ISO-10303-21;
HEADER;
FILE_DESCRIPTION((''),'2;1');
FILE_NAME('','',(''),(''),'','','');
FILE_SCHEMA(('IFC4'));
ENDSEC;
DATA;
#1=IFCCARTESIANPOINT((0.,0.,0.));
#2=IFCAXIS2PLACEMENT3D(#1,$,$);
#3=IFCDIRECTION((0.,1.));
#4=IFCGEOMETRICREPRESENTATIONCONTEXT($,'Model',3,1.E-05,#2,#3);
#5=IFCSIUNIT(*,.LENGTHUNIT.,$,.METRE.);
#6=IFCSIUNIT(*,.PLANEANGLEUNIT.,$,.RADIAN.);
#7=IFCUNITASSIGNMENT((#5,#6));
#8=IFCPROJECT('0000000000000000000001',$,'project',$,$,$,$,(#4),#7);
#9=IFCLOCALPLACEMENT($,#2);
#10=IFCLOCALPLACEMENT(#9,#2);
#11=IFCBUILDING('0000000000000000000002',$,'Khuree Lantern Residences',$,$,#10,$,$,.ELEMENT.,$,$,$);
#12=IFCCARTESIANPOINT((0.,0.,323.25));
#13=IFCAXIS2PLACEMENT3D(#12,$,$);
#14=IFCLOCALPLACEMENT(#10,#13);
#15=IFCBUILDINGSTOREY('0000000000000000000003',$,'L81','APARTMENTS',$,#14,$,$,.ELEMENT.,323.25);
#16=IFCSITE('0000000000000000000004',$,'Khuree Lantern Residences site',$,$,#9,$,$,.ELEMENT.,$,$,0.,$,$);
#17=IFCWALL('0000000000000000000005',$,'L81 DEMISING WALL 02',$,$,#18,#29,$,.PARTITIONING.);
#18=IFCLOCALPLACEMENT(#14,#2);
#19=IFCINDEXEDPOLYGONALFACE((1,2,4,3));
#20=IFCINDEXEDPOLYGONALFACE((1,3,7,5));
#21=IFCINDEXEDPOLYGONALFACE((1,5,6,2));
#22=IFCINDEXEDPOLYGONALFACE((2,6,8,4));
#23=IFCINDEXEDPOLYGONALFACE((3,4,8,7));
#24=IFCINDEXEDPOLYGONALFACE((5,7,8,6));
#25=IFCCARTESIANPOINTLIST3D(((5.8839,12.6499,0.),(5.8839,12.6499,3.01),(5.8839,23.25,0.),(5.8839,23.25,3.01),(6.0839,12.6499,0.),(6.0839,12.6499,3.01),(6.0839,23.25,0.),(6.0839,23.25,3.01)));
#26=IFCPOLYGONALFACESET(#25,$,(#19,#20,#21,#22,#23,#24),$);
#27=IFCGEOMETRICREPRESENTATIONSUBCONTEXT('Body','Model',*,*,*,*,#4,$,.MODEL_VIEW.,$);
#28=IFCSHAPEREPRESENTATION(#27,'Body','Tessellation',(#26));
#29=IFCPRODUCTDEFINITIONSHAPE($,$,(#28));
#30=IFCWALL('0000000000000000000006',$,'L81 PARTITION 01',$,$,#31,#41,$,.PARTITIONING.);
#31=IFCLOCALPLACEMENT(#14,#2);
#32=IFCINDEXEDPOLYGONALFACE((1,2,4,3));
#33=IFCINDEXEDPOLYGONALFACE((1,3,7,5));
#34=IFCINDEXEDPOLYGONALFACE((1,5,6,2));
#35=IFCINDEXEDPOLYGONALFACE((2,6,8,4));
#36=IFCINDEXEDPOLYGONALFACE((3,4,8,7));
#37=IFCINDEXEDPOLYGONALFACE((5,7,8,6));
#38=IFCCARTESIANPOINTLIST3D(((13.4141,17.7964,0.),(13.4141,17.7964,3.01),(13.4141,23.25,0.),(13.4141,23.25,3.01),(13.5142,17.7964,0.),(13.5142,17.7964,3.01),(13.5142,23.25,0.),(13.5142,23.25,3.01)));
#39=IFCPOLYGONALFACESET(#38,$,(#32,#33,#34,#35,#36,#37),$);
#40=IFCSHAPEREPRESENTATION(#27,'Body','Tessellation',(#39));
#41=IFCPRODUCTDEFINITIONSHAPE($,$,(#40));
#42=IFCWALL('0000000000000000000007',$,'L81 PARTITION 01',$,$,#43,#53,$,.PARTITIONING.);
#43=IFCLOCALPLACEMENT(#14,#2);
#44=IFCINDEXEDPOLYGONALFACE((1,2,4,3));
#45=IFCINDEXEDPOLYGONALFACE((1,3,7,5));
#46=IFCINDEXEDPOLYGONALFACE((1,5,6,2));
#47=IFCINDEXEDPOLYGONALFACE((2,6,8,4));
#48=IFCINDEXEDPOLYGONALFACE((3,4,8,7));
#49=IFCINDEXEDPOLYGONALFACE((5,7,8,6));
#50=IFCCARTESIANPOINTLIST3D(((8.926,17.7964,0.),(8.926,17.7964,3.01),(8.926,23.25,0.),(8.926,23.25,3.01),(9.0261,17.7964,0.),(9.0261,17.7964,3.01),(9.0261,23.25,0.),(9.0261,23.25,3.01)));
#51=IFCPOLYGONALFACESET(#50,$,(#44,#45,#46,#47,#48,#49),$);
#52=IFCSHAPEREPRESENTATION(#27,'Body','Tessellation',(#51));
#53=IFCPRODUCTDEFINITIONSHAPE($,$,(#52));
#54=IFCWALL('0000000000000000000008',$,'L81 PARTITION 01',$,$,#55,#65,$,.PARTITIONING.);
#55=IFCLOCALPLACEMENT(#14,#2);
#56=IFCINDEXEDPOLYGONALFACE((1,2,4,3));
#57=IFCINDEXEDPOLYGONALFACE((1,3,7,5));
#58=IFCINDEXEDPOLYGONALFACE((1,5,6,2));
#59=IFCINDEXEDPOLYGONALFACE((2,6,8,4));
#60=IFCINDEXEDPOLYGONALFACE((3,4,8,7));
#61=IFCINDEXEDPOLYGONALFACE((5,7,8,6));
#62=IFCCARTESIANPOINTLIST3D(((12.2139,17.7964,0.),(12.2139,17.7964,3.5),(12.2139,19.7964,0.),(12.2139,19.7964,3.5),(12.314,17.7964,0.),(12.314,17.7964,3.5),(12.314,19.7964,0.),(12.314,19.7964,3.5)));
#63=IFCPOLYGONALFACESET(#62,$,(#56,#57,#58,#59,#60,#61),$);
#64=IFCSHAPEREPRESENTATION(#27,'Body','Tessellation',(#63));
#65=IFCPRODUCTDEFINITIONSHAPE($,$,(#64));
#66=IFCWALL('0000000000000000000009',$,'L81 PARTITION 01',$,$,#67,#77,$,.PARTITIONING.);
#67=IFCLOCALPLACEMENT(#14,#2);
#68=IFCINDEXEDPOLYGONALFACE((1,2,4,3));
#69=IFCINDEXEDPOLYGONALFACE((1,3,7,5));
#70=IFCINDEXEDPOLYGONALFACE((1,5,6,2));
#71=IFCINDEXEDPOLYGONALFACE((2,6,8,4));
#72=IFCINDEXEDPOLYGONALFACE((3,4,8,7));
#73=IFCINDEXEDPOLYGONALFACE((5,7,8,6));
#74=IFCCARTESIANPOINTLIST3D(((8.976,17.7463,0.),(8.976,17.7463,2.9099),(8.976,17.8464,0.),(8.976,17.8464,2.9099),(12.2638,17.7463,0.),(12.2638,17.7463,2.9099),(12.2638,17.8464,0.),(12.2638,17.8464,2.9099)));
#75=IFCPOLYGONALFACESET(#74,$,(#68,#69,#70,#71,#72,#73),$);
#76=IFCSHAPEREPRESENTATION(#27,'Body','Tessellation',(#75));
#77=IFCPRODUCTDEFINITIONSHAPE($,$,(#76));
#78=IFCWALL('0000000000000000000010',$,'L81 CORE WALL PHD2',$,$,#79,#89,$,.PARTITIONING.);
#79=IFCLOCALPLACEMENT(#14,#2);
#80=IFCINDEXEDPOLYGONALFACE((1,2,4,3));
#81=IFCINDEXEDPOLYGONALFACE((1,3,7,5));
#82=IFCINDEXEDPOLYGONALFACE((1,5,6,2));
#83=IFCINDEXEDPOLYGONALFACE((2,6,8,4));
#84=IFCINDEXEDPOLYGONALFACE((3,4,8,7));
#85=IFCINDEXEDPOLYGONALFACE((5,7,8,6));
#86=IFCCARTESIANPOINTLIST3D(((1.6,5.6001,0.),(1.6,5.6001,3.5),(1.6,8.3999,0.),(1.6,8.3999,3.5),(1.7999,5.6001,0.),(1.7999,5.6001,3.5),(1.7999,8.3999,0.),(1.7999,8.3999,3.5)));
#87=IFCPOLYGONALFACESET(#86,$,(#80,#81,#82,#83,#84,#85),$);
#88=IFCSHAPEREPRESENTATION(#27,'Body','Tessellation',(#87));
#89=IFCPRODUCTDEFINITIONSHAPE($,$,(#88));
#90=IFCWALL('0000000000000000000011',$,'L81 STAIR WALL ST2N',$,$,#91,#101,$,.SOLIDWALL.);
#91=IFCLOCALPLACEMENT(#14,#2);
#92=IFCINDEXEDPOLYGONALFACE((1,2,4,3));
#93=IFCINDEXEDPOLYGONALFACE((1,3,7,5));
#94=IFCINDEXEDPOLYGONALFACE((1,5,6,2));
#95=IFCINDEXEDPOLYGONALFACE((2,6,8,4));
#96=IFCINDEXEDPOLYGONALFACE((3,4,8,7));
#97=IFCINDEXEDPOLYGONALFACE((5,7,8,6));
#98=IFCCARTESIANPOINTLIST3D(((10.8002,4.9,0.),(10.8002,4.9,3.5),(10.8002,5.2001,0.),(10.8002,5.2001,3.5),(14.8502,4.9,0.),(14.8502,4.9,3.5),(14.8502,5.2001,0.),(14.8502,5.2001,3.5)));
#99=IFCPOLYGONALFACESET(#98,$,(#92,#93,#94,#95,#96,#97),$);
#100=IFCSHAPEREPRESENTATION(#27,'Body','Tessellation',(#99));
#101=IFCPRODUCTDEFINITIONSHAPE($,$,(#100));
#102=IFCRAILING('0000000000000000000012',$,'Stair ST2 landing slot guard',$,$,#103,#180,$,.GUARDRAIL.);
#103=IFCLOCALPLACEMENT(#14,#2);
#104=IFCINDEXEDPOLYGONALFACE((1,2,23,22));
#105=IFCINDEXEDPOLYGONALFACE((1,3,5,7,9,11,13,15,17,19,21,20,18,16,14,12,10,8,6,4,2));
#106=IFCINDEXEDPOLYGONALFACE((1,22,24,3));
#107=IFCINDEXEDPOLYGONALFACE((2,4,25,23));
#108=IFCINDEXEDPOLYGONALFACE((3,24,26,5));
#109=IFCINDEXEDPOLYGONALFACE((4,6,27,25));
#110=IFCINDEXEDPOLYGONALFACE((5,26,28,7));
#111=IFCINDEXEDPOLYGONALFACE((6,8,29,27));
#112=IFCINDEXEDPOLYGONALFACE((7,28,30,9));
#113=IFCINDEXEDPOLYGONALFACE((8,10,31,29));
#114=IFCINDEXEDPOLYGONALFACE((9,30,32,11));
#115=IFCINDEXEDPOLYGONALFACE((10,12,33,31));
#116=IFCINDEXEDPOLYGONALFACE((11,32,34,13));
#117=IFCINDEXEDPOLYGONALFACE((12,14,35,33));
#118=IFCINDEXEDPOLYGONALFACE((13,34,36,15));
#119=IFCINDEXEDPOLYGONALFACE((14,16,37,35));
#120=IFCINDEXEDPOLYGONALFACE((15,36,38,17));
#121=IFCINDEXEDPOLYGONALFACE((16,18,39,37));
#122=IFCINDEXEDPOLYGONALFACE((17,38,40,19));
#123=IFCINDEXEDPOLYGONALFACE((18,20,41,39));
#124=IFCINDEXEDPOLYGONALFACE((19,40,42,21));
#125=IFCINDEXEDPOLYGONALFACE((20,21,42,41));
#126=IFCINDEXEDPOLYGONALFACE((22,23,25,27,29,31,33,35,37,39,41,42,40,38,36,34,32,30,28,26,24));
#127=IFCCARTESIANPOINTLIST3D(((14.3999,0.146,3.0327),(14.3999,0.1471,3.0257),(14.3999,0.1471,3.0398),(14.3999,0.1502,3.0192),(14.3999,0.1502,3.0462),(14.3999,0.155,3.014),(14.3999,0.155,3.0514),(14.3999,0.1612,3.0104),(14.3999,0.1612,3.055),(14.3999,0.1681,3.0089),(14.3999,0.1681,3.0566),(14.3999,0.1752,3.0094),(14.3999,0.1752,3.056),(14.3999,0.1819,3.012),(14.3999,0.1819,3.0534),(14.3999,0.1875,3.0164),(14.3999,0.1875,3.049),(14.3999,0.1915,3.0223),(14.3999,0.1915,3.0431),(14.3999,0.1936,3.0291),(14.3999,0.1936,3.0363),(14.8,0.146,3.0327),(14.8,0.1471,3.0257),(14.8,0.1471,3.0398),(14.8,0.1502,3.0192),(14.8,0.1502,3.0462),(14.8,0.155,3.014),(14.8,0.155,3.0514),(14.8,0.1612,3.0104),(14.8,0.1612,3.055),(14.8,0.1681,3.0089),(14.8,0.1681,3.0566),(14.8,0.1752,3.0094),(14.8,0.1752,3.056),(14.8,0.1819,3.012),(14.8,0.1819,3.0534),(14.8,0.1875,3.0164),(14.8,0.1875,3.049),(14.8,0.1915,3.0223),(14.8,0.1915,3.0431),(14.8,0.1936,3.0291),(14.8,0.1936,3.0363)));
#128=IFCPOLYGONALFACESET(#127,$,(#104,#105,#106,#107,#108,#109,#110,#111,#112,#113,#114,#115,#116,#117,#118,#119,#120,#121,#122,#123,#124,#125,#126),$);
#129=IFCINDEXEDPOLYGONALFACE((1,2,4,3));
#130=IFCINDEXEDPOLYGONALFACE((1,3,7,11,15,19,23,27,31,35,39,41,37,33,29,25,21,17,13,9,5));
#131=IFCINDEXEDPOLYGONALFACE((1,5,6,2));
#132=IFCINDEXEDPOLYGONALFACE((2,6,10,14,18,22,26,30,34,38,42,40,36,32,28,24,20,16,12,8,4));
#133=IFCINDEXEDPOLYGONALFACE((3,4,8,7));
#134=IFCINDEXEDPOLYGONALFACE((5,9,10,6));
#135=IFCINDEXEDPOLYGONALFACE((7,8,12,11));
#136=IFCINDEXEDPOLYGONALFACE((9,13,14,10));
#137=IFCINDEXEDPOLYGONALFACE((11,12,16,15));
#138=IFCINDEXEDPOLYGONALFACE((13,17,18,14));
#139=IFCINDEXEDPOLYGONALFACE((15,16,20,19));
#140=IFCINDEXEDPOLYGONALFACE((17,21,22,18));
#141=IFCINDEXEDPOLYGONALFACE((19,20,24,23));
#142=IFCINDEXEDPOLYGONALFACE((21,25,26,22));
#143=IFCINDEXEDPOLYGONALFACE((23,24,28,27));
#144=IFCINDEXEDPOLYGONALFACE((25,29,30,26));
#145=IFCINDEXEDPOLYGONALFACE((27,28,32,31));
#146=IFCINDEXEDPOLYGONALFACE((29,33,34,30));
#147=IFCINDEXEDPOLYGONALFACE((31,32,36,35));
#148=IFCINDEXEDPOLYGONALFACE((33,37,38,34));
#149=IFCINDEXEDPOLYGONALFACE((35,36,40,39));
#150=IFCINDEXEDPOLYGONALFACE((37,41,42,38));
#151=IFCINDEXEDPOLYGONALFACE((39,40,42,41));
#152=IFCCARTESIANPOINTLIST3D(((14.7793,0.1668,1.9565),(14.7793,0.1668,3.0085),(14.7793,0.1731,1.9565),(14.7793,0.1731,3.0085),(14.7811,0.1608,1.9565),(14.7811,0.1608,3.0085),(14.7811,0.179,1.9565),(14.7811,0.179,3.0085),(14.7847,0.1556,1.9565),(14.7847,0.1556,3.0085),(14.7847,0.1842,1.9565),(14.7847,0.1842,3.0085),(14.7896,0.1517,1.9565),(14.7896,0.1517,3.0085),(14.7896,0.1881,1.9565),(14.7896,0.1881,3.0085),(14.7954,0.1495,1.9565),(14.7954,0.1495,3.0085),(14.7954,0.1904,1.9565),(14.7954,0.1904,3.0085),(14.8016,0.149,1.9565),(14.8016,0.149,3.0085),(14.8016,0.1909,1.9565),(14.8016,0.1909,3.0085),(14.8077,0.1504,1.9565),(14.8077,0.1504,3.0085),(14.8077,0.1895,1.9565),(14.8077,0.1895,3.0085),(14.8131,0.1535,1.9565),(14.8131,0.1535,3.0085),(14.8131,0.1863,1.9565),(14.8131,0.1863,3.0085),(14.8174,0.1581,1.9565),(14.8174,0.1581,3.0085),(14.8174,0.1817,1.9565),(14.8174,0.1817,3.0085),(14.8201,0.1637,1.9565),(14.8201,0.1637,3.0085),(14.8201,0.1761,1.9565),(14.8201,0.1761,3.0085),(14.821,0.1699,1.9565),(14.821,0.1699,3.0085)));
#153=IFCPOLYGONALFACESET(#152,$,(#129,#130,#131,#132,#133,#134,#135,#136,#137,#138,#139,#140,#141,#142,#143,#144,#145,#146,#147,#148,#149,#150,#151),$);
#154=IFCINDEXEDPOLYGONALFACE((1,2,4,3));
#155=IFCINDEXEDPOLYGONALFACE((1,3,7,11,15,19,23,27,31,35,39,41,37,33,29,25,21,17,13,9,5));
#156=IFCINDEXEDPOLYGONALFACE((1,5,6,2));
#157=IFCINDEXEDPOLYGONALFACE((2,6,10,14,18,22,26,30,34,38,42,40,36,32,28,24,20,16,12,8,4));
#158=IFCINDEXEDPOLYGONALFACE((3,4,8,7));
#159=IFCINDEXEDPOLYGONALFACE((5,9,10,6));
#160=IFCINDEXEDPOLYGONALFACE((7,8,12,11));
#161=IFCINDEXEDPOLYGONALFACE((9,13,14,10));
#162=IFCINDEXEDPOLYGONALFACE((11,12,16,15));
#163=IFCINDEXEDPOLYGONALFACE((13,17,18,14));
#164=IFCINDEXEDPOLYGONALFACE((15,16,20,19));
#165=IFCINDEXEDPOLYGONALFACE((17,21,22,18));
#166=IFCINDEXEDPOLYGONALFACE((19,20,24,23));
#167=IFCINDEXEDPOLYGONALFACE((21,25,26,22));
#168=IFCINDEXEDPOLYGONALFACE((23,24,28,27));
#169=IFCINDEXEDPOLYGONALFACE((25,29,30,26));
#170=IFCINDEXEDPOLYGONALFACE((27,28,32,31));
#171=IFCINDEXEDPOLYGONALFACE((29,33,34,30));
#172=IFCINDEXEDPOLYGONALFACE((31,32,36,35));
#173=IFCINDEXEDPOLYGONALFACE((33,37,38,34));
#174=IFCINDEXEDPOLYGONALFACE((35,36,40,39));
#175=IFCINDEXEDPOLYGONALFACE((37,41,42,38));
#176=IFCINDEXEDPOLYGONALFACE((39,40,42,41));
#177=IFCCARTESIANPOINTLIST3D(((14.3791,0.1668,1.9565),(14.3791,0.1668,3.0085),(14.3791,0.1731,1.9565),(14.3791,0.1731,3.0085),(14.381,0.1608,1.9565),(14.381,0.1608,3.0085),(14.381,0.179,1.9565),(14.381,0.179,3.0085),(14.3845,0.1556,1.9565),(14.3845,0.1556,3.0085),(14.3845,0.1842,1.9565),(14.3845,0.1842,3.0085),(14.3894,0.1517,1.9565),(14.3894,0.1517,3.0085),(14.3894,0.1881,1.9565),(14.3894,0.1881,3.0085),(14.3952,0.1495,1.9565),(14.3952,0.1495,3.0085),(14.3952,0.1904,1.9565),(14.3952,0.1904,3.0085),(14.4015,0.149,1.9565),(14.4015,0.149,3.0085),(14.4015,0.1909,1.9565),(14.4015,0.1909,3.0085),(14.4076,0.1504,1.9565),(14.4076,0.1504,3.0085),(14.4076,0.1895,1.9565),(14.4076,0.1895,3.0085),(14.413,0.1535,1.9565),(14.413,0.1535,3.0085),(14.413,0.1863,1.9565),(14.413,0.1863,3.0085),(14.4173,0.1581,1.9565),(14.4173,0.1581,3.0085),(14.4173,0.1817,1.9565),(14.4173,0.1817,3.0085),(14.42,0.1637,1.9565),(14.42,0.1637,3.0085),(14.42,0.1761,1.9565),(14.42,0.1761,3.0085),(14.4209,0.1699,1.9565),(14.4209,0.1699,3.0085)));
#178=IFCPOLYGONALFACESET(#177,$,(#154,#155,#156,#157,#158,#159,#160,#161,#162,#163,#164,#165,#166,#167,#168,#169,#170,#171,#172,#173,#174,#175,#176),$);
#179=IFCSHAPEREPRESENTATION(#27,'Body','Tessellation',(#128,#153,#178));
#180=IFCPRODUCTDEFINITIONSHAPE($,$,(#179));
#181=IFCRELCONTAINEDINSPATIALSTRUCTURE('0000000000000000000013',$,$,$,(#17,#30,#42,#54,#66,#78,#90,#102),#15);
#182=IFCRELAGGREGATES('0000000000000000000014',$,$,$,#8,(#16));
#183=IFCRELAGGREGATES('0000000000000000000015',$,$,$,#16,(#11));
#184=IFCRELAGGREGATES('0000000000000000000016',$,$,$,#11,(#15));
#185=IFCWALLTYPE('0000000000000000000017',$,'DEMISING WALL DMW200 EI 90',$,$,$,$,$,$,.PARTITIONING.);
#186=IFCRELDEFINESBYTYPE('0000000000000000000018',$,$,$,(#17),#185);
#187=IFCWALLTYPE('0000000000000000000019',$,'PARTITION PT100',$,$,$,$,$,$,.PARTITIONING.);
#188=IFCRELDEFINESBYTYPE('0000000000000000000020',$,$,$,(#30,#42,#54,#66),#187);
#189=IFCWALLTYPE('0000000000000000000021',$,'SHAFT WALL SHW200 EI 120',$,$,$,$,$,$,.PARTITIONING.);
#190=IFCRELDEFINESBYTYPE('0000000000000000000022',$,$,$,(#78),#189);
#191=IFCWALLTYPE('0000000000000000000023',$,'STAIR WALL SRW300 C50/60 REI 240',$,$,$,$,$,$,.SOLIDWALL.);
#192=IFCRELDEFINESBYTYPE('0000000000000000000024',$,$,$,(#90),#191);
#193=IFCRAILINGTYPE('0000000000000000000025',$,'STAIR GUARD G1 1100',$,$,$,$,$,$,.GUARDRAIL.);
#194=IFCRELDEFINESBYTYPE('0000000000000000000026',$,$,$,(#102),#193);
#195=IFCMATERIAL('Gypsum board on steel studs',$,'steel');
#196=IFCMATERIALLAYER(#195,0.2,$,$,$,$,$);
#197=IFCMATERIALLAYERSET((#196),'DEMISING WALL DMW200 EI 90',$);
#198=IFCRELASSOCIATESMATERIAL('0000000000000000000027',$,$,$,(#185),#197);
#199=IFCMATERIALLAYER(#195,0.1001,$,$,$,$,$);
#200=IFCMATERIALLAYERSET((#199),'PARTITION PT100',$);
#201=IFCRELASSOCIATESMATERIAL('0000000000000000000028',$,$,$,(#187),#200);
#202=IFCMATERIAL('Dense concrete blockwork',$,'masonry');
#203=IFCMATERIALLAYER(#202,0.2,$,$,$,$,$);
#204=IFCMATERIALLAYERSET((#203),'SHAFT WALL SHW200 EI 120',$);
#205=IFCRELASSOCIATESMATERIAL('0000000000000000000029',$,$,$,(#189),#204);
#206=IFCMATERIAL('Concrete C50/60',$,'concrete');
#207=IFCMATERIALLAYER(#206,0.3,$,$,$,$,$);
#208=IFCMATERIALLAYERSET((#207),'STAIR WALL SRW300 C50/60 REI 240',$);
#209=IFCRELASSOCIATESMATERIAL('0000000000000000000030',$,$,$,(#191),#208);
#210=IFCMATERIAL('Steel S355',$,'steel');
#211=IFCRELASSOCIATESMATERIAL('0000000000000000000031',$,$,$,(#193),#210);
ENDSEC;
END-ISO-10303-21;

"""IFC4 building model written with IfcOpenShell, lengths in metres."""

from ifc_helpers import new_model, si_unit, direction, frame, frame_2d, origin, origin_2d, place, context, subcontext, project, spatial, rectangle, circle, extrude, material, layer, layer_set, type_object, element, save


model = new_model("IFC4")

# Units and contexts
model_context = context("Model", 3, precision=1e-05, world=origin(), true_north=direction((0.0, 1.0)))
body_context = subcontext(model_context, "Body", "Model", "MODEL_VIEW")
ifc_project = project(units=[si_unit("LENGTHUNIT", "METRE"), si_unit("PLANEANGLEUNIT", "RADIAN")], contexts=[model_context])

# Site, building, storey
site_placement = place(None, origin())
site = spatial("IfcSite", under=ifc_project, at=site_placement, Name="Khuree Lantern Residences site", CompositionType="ELEMENT", RefElevation=0.0)
building_placement = place(site_placement, origin())
building = spatial("IfcBuilding", under=site, at=building_placement, Name="Khuree Lantern Residences", CompositionType="ELEMENT")
storey_placement = place(building_placement, frame((0.0, 0.0, 323.25)))
storey = spatial("IfcBuildingStorey", under=building, at=storey_placement, Name="L81", Description="APARTMENTS", CompositionType="ELEMENT", Elevation=323.25)

# Shared definitions
ifc_material_1 = material(Name="Concrete C50/60", Category="concrete")

# Shared definitions
ifc_material_2 = material(Name="Dense concrete blockwork", Category="masonry")

# Walls
ifc_material_3 = material(Name="Gypsum board on steel studs", Category="steel")
ifc_layer_1 = layer(ifc_material_3, 0.2)
ifc_layer_set_1 = layer_set([ifc_layer_1], Name="DEMISING WALL DMW200 EI 90")
wall_type_1 = type_object("IfcWallType", Name="DEMISING WALL DMW200 EI 90", PredefinedType="PARTITIONING", material=ifc_layer_set_1)
wall_1_placement = place(storey_placement, frame((5.9839, 12.6499, 0.0), z_axis=(0.0, 0.0, 1.0), x_axis=(0.0, 1.0, 0.0)))
element("IfcWall", 1, at=wall_1_placement, inside=storey, type_object=wall_type_1, Name="L81 DEMISING WALL 02", PredefinedType="PARTITIONING", context=body_context, shape_type="SweptSolid", body=[
    extrude(rectangle(XDim=10.6001, YDim=0.2, at=frame_2d((5.3, 0.0))), origin(), (0.0, 0.0, 1.0), 3.01),
])
ifc_layer_2 = layer(ifc_material_3, 0.1001)
ifc_layer_set_2 = layer_set([ifc_layer_2], Name="PARTITION PT100")
wall_type_2 = type_object("IfcWallType", Name="PARTITION PT100", PredefinedType="PARTITIONING", material=ifc_layer_set_2)
for number, where, z_axis, x_axis, name in (
    (2, (13.4641, 17.7964, 0.0), (0.0, 0.0, 1.0), (0.0, 1.0, 0.0), "L81 PARTITION 01"),
    (3, (8.9761, 17.7964, 0.0), (0.0, 0.0, 1.0), (0.0, 1.0, 0.0), "L81 PARTITION 01"),
):
    element("IfcWall", number, at=place(storey_placement, frame(where, z_axis=z_axis, x_axis=x_axis)), inside=storey, type_object=wall_type_2, Name=name, PredefinedType="PARTITIONING", context=body_context, shape_type="SweptSolid", body=[
        extrude(rectangle(XDim=5.4536, YDim=0.1001, at=frame_2d((2.7268, 0.0))), origin(), (0.0, 0.0, 1.0), 3.01),
    ])
wall_2_placement = place(storey_placement, frame((12.2639, 17.7964, 0.0), z_axis=(0.0, 0.0, 1.0), x_axis=(0.0, 1.0, 0.0)))
element("IfcWall", 4, at=wall_2_placement, inside=storey, type_object=wall_type_2, Name="L81 PARTITION 01", PredefinedType="PARTITIONING", context=body_context, shape_type="SweptSolid", body=[
    extrude(rectangle(XDim=2.0, YDim=0.1001, at=frame_2d((1.0, 0.0))), origin(), (0.0, 0.0, 1.0), 3.5),
])
wall_3_placement = place(storey_placement, frame((12.2639, 17.7964, 0.0), z_axis=(0.0, 0.0, 1.0), x_axis=(-1.0, 0.0, 0.0)))
element("IfcWall", 5, at=wall_3_placement, inside=storey, type_object=wall_type_2, Name="L81 PARTITION 01", PredefinedType="PARTITIONING", context=body_context, shape_type="SweptSolid", body=[
    extrude(rectangle(XDim=3.2878, YDim=0.1001, at=frame_2d((1.644, 0.0))), origin(), (0.0, 0.0, 1.0), 2.9099),
])
ifc_layer_3 = layer(ifc_material_2, 0.2)
ifc_layer_set_3 = layer_set([ifc_layer_3], Name="SHAFT WALL SHW200 EI 120")
wall_type_3 = type_object("IfcWallType", Name="SHAFT WALL SHW200 EI 120", PredefinedType="PARTITIONING", material=ifc_layer_set_3)
wall_4_placement = place(storey_placement, frame((1.7, 5.6001, 0.0), z_axis=(0.0, 0.0, 1.0), x_axis=(0.0, 1.0, 0.0)))
element("IfcWall", 6, at=wall_4_placement, inside=storey, type_object=wall_type_3, Name="L81 CORE WALL PHD2", PredefinedType="PARTITIONING", context=body_context, shape_type="SweptSolid", body=[
    extrude(rectangle(XDim=2.7998, YDim=0.2, at=frame_2d((1.3999, 0.0))), origin(), (0.0, 0.0, 1.0), 3.5),
])
ifc_layer_4 = layer(ifc_material_1, 0.3)
ifc_layer_set_4 = layer_set([ifc_layer_4], Name="STAIR WALL SRW300 C50/60 REI 240")
wall_type_4 = type_object("IfcWallType", Name="STAIR WALL SRW300 C50/60 REI 240", PredefinedType="SOLIDWALL", material=ifc_layer_set_4)
wall_5_placement = place(storey_placement, frame((14.8501, 5.05, 0.0), z_axis=(0.0, 0.0, 1.0), x_axis=(-1.0, 0.0, 0.0)))
element("IfcWall", 7, at=wall_5_placement, inside=storey, type_object=wall_type_4, Name="L81 STAIR WALL ST2N", PredefinedType="SOLIDWALL", context=body_context, shape_type="SweptSolid", body=[
    extrude(rectangle(XDim=4.05, YDim=0.3, at=frame_2d((2.0249, 0.0))), origin(), (0.0, 0.0, 1.0), 3.5),
])

# Railing
ifc_material_4 = material(Name="Steel S355", Category="steel")
railing_type = type_object("IfcRailingType", Name="STAIR GUARD G1 1100", PredefinedType="GUARDRAIL", material=ifc_material_4)
railing_placement = place(storey_placement, frame((14.8, 0.1699, 1.9565)))
element("IfcRailing", 8, at=railing_placement, inside=storey, type_object=railing_type, Name="Stair ST2 landing slot guard", PredefinedType="GUARDRAIL", context=body_context, shape_type="SweptSolid", body=[
    extrude(circle(Radius=0.0239, at=origin_2d()), frame((0.0, 0.0, 1.0762), z_axis=(-1.0, 0.0, 0.0), x_axis=(0.0, -1.0, 0.0)), (0.0, 0.0, 1.0), 0.4001),
    extrude(circle(Radius=0.021, at=origin_2d()), origin(), (0.0, 0.0, 1.0), 1.052),
    extrude(circle(Radius=0.021, at=origin_2d()), frame((-0.4001, 0.0, 0.0)), (0.0, 0.0, 1.0), 1.052),
])

save(model, "model.ifc")
